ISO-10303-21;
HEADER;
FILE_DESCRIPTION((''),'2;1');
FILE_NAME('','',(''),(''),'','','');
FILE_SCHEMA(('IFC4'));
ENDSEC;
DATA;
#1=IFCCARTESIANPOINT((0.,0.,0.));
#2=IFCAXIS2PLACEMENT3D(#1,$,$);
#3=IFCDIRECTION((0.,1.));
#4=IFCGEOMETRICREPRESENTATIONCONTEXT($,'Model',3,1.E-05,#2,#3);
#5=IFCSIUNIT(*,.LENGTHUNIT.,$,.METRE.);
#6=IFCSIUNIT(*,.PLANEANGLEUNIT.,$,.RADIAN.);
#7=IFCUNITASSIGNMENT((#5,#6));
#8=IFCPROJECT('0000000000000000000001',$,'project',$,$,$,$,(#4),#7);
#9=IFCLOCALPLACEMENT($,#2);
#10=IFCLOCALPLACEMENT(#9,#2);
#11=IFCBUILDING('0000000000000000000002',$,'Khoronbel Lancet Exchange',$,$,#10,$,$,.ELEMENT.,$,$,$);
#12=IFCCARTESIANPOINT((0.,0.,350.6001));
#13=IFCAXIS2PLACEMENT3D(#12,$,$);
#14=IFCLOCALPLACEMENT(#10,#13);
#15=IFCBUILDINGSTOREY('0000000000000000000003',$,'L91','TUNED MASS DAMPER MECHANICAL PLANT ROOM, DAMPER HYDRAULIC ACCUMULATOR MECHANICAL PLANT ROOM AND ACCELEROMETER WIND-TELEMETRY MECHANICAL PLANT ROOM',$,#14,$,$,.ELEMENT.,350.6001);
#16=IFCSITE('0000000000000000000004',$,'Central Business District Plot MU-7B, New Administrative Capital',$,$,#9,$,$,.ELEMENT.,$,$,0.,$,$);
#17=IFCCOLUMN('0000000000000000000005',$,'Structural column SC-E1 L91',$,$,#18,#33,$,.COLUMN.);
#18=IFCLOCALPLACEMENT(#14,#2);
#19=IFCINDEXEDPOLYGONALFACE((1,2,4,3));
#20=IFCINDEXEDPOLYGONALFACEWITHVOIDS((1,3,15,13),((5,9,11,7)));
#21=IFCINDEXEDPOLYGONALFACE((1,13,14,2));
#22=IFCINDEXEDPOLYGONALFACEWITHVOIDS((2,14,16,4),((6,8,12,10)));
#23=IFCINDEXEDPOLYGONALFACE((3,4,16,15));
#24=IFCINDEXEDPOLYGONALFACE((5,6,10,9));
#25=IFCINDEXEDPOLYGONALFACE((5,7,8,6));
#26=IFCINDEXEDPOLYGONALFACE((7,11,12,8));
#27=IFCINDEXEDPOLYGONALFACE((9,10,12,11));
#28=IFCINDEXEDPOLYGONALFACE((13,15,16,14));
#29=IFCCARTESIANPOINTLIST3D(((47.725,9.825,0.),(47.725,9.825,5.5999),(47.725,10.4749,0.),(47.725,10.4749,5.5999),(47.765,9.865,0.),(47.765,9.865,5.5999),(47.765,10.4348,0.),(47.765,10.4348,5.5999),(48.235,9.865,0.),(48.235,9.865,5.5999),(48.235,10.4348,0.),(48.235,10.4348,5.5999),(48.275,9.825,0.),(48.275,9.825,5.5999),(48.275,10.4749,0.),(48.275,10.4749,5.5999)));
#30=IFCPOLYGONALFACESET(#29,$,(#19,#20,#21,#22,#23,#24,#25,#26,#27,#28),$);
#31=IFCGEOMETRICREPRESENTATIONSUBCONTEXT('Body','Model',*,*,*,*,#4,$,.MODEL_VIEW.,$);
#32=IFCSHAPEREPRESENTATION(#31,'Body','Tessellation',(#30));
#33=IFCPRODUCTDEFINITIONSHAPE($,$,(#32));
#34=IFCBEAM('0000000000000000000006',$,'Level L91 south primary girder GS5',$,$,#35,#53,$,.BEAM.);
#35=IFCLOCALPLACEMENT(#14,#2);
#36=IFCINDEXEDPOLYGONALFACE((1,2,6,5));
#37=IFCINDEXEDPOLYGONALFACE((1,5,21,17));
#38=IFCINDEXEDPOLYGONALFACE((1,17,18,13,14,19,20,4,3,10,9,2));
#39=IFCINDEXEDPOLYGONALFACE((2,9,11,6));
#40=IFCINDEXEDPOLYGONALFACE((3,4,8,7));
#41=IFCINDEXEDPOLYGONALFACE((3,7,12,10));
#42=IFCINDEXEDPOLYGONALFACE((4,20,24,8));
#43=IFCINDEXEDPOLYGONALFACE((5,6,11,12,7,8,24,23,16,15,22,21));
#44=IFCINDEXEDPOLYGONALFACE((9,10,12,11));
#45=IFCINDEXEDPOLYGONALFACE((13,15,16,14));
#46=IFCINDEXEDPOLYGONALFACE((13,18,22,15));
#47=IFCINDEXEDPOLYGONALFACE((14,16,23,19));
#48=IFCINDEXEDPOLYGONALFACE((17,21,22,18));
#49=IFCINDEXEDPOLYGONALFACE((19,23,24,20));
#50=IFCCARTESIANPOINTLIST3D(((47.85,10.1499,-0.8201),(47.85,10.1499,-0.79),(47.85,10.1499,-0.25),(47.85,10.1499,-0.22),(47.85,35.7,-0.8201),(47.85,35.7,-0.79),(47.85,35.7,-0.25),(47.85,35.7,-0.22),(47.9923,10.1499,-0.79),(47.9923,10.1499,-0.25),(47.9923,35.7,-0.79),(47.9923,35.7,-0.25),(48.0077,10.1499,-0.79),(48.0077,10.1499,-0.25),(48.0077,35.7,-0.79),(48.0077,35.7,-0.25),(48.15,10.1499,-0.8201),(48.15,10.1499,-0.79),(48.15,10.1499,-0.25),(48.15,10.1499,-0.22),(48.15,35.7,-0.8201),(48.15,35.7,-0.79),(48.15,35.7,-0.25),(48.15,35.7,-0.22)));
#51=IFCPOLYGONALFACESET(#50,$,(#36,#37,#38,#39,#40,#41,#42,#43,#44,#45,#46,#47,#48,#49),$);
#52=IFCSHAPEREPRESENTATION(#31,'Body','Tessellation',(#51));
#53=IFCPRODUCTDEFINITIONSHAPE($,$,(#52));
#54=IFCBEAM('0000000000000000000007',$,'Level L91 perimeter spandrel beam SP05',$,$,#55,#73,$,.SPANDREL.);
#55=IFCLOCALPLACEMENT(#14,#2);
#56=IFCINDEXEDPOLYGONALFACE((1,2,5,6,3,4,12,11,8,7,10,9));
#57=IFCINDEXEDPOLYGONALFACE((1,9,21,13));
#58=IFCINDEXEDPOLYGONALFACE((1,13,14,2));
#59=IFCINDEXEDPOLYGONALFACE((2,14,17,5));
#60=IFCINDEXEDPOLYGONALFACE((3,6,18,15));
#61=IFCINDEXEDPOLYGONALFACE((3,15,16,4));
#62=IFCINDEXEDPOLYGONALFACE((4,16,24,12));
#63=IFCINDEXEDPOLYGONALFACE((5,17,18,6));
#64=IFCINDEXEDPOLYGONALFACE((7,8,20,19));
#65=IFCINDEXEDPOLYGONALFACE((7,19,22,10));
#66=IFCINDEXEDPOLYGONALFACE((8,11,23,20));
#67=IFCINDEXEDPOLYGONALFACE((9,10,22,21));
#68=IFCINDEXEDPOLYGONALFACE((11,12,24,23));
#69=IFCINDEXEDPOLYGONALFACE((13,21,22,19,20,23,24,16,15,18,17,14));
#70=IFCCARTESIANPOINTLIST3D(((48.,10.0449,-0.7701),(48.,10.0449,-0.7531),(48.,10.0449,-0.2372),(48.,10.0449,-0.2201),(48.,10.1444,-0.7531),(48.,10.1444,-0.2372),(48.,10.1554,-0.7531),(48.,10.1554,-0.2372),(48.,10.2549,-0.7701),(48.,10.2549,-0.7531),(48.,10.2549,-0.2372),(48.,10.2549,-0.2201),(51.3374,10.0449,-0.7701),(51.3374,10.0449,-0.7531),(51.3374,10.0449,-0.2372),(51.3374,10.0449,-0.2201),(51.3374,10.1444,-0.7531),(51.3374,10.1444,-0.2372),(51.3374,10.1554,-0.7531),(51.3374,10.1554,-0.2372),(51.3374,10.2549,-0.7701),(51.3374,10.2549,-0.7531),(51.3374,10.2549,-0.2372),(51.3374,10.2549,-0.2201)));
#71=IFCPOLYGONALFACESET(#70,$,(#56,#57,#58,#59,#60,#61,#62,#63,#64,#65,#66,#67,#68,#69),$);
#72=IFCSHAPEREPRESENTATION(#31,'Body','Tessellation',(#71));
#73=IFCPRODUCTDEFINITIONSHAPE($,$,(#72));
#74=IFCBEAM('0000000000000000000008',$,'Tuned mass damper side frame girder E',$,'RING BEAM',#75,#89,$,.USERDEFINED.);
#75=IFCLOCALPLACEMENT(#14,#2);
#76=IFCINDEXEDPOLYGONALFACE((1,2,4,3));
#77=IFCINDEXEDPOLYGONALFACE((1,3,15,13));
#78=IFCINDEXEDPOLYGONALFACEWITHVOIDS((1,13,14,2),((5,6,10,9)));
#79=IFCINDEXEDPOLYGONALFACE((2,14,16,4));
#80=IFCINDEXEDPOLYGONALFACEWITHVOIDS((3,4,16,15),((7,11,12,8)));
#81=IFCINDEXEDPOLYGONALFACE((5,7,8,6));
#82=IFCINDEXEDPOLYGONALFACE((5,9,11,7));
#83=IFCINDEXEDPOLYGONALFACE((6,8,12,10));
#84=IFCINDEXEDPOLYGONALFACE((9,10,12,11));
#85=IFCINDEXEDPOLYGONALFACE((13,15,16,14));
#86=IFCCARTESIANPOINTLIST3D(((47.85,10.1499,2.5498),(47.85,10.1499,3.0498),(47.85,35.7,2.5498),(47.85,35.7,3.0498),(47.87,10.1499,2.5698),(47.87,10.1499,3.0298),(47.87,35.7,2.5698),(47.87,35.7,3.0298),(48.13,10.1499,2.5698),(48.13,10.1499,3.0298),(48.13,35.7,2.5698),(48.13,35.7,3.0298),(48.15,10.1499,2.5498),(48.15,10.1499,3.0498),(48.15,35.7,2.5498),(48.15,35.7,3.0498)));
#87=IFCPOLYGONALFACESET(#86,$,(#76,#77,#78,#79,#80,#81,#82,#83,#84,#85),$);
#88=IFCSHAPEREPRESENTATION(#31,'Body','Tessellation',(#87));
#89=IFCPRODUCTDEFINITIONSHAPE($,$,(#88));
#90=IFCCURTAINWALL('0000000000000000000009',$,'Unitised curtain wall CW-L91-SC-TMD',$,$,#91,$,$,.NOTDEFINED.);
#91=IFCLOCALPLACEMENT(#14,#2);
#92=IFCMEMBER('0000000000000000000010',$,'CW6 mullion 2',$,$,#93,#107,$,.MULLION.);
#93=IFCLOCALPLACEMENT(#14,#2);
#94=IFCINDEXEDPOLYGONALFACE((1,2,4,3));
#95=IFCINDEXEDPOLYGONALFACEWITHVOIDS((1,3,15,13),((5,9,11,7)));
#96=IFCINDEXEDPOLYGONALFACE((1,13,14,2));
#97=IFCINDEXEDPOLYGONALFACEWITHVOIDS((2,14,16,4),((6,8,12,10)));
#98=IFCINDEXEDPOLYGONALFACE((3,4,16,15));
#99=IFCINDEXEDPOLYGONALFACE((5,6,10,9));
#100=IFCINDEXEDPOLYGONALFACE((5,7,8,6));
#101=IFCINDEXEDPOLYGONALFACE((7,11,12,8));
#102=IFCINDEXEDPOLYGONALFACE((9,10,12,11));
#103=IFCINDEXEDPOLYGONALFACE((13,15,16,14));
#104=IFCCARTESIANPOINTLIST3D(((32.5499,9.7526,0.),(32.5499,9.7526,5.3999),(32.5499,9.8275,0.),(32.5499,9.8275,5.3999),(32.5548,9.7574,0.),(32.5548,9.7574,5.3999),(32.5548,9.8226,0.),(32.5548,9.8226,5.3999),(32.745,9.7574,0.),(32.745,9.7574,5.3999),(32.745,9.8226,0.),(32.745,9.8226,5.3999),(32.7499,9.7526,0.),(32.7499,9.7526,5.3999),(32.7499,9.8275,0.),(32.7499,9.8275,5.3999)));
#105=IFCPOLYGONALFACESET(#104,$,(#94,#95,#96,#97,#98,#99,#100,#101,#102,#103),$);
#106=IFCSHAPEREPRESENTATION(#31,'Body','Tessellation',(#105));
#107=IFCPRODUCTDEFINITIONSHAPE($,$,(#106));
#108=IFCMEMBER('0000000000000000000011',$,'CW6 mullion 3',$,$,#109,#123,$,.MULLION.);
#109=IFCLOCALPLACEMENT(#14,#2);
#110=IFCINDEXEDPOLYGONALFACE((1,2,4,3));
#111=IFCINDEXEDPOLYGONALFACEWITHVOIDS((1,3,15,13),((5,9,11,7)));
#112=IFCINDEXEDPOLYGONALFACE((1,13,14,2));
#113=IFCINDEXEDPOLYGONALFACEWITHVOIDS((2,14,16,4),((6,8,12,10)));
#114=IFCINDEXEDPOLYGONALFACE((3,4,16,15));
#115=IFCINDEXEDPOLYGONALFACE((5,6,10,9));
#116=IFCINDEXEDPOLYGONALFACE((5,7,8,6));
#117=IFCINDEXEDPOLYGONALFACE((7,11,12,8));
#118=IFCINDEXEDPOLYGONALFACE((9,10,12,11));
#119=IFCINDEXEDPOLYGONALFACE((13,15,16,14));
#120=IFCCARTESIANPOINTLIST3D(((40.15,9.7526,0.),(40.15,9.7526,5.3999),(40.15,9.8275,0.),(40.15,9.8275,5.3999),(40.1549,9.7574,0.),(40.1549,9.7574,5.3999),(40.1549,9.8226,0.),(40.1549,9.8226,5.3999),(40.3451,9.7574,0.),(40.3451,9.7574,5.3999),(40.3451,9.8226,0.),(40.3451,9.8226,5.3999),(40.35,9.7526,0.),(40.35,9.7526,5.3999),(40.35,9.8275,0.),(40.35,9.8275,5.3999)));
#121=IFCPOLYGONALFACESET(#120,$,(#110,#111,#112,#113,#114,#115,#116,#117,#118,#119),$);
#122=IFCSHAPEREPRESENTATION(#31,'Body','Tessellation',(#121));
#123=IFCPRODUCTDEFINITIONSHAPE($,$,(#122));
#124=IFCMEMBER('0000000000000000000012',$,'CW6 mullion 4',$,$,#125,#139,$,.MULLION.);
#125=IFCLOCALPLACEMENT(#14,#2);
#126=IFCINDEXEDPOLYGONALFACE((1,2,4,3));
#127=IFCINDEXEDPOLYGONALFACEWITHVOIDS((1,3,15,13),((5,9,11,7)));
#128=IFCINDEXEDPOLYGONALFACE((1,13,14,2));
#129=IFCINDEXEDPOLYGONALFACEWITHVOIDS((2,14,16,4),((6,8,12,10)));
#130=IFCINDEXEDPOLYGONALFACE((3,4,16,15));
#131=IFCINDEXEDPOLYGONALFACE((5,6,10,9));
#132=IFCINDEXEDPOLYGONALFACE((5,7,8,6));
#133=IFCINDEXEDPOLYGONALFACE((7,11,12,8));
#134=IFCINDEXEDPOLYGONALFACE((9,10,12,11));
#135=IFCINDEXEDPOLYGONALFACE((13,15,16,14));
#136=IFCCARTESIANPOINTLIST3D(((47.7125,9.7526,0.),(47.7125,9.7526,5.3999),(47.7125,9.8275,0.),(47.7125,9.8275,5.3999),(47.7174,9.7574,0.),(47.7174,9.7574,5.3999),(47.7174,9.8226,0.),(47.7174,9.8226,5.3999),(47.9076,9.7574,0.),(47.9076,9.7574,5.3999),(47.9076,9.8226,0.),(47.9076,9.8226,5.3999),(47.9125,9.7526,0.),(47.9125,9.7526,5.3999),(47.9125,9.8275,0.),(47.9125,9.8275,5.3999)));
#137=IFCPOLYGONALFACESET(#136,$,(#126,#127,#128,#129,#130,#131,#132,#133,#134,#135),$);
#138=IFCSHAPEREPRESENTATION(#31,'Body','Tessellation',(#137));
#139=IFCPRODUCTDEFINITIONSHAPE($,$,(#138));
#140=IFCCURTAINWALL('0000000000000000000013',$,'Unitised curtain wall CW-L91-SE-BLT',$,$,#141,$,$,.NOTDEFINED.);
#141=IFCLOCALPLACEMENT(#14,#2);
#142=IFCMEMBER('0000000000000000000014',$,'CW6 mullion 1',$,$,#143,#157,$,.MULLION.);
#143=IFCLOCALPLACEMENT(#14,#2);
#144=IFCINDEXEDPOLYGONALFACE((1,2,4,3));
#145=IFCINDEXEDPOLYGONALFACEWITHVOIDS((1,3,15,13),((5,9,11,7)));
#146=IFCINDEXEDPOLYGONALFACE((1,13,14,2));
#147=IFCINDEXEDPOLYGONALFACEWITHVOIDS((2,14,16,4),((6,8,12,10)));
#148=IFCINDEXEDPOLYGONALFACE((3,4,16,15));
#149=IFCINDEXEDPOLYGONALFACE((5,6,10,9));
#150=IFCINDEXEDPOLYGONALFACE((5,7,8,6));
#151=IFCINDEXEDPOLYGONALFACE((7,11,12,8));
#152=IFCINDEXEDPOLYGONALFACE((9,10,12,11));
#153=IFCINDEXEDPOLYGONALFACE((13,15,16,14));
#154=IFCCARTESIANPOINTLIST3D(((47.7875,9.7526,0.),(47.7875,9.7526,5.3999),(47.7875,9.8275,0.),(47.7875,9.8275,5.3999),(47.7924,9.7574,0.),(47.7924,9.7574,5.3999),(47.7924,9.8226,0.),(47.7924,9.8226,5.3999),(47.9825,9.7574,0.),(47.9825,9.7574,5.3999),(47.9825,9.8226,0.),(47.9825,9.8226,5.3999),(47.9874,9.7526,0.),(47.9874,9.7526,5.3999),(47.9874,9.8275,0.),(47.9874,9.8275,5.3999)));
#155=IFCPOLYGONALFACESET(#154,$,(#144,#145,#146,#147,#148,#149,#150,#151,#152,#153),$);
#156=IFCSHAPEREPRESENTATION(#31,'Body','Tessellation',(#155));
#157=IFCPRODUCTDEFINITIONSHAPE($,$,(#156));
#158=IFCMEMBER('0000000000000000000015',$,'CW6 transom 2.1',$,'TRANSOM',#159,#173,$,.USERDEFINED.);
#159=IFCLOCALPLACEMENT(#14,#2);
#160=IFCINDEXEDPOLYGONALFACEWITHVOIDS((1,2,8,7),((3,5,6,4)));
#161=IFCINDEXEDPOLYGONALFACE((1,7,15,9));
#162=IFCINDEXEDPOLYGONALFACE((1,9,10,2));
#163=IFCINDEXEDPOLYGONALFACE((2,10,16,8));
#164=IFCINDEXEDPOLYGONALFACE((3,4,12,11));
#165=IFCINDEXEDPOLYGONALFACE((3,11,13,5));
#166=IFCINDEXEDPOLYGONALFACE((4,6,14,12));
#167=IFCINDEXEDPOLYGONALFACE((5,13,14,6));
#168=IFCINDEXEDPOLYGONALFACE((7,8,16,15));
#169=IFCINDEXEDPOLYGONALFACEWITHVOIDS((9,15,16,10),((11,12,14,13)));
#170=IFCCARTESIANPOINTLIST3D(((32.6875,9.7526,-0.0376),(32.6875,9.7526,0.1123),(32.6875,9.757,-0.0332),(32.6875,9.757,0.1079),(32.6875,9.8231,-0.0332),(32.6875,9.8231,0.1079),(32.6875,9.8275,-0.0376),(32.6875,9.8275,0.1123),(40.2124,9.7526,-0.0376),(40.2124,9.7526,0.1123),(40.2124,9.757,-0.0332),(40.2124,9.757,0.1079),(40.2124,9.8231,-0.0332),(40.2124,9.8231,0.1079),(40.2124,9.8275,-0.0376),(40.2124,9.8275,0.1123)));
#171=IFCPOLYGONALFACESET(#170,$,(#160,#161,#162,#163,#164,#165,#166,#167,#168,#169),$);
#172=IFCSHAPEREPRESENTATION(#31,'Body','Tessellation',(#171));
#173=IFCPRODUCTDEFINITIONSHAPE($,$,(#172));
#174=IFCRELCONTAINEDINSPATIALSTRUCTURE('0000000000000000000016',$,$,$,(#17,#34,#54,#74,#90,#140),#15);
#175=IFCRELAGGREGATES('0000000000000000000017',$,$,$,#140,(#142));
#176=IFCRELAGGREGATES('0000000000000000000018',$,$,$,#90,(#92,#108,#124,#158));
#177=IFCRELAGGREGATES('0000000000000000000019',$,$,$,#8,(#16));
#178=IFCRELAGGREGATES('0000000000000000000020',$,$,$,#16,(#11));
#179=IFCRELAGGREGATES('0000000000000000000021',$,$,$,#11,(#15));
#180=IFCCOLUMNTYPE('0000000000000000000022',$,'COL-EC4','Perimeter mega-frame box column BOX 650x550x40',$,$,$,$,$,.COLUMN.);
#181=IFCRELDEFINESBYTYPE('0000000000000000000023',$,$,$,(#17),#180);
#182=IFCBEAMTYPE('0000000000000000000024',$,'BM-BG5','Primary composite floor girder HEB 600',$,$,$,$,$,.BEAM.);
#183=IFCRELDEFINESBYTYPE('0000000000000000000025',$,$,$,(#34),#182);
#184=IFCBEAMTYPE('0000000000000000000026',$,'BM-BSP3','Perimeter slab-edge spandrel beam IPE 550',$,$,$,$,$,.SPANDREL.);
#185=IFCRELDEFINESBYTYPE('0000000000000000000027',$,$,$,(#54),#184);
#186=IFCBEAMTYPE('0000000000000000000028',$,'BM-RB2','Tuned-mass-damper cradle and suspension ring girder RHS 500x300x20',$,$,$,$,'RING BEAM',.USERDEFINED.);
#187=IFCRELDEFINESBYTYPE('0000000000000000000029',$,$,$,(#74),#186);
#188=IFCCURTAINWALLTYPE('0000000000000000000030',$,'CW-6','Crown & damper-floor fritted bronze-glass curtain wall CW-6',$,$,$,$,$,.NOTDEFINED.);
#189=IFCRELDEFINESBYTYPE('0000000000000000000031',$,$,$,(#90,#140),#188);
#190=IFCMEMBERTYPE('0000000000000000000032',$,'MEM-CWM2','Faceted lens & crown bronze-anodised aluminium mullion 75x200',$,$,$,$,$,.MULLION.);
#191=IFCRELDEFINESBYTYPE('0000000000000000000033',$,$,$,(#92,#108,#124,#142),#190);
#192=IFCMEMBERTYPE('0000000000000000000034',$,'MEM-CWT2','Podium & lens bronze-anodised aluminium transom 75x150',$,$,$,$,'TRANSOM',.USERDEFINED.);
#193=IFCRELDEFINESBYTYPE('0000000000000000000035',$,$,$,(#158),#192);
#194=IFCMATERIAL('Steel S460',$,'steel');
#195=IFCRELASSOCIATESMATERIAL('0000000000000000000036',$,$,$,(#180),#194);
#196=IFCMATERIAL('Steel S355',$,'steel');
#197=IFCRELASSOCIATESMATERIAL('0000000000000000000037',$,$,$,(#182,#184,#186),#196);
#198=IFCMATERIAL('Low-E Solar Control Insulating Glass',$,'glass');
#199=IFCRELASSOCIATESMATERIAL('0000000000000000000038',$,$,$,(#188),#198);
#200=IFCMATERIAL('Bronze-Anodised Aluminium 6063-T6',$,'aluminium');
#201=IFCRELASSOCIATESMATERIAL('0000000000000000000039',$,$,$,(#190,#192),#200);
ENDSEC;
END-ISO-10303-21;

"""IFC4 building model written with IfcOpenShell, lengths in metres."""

from ifc_helpers import new_model, si_unit, direction, frame, origin, origin_2d, place, context, subcontext, project, spatial, hollow_rectangle, i_section, extrude, material, material_profile, profile_set, type_object, element, aggregate, save


model = new_model("IFC4")

# Units and contexts
model_context = context("Model", 3, precision=1e-05, world=origin(), true_north=direction((0.0, 1.0)))
body_context = subcontext(model_context, "Body", "Model", "MODEL_VIEW")
ifc_project = project(units=[si_unit("LENGTHUNIT", "METRE"), si_unit("PLANEANGLEUNIT", "RADIAN")], contexts=[model_context])

# Site, building, storey
site_placement = place(None, origin())
site = spatial("IfcSite", under=ifc_project, at=site_placement, Name="Central Business District Plot MU-7B, New Administrative Capital", CompositionType="ELEMENT", RefElevation=0.0)
building_placement = place(site_placement, origin())
building = spatial("IfcBuilding", under=site, at=building_placement, Name="Khoronbel Lancet Exchange", CompositionType="ELEMENT")
storey_placement = place(building_placement, frame((0.0, 0.0, 350.6001)))
storey = spatial("IfcBuildingStorey", under=building, at=storey_placement, Name="L91", Description="TUNED MASS DAMPER MECHANICAL PLANT ROOM, DAMPER HYDRAULIC ACCUMULATOR MECHANICAL PLANT ROOM AND ACCELEROMETER WIND-TELEMETRY MECHANICAL PLANT ROOM", CompositionType="ELEMENT", Elevation=350.6001)

# Column
ifc_material_1 = material(Name="Steel S460", Category="steel")
ifc_material_profile_1 = material_profile(ifc_material_1, hollow_rectangle(XDim=0.55, YDim=0.6499, WallThickness=0.04, at=origin_2d()), Name="BOX 650x550x40")
ifc_profile_set_1 = profile_set([ifc_material_profile_1], Name="Steel S460")
column_type = type_object("IfcColumnType", Name="COL-EC4", Description="Perimeter mega-frame box column BOX 650x550x40", PredefinedType="COLUMN", material=ifc_profile_set_1)
column_placement = place(storey_placement, frame((48.0, 10.1499, 0.0), z_axis=(0.0, 0.0, 1.0), x_axis=(1.0, 0.0, 0.0)))
element("IfcColumn", 1, at=column_placement, inside=storey, type_object=column_type, Name="Structural column SC-E1 L91", PredefinedType="COLUMN", context=body_context, shape_type="SweptSolid", body=[
    extrude(hollow_rectangle(XDim=0.55, YDim=0.6499, WallThickness=0.04, at=origin_2d()), origin(), (0.0, 0.0, 1.0), 5.5999),
])

# Beams
ifc_material_2 = material(Name="Steel S355", Category="steel")
ifc_material_profile_2 = material_profile(ifc_material_2, i_section(OverallWidth=0.3, OverallDepth=0.6001, WebThickness=0.0154, FlangeThickness=0.03, at=origin_2d()), Name="HEB 600")
ifc_profile_set_2 = profile_set([ifc_material_profile_2], Name="Steel S355")
beam_type_1 = type_object("IfcBeamType", Name="BM-BG5", Description="Primary composite floor girder HEB 600", PredefinedType="BEAM", material=ifc_profile_set_2)
beam_1_placement = place(storey_placement, frame((48.0, 10.1499, -0.52), z_axis=(0.0, 1.0, 0.0), x_axis=(-1.0, 0.0, 0.0)))
element("IfcBeam", 2, at=beam_1_placement, inside=storey, type_object=beam_type_1, Name="Level L91 south primary girder GS5", PredefinedType="BEAM", context=body_context, shape_type="SweptSolid", body=[
    extrude(i_section(OverallWidth=0.3, OverallDepth=0.6001, WebThickness=0.0154, FlangeThickness=0.03, at=origin_2d()), origin(), (0.0, 0.0, 1.0), 25.55),
])
ifc_material_profile_3 = material_profile(ifc_material_2, i_section(OverallWidth=0.21, OverallDepth=0.55, WebThickness=0.011, FlangeThickness=0.0171, at=origin_2d()), Name="IPE 550")
ifc_profile_set_3 = profile_set([ifc_material_profile_3], Name="Steel S355")
beam_type_2 = type_object("IfcBeamType", Name="BM-BSP3", Description="Perimeter slab-edge spandrel beam IPE 550", PredefinedType="SPANDREL", material=ifc_profile_set_3)
beam_2_placement = place(storey_placement, frame((48.0, 10.1499, -0.4951), z_axis=(1.0, 0.0, 0.0), x_axis=(0.0, 1.0, 0.0)))
element("IfcBeam", 3, at=beam_2_placement, inside=storey, type_object=beam_type_2, Name="Level L91 perimeter spandrel beam SP05", PredefinedType="SPANDREL", context=body_context, shape_type="SweptSolid", body=[
    extrude(i_section(OverallWidth=0.21, OverallDepth=0.55, WebThickness=0.011, FlangeThickness=0.0171, at=origin_2d()), origin(), (0.0, 0.0, 1.0), 3.3374),
])
ifc_material_profile_4 = material_profile(ifc_material_2, hollow_rectangle(XDim=0.3, YDim=0.5, WallThickness=0.02, at=origin_2d()), Name="RHS 500x300x20")
ifc_profile_set_4 = profile_set([ifc_material_profile_4], Name="Steel S355")
beam_type_3 = type_object("IfcBeamType", Name="BM-RB2", Description="Tuned-mass-damper cradle and suspension ring girder RHS 500x300x20", ElementType="RING BEAM", PredefinedType="USERDEFINED", material=ifc_profile_set_4)
beam_3_placement = place(storey_placement, frame((48.0, 10.1499, 2.7998), z_axis=(0.0, 1.0, 0.0), x_axis=(-1.0, 0.0, 0.0)))
element("IfcBeam", 4, at=beam_3_placement, inside=storey, type_object=beam_type_3, Name="Tuned mass damper side frame girder E", ObjectType="RING BEAM", PredefinedType="USERDEFINED", context=body_context, shape_type="SweptSolid", body=[
    extrude(hollow_rectangle(XDim=0.3, YDim=0.5, WallThickness=0.02, at=origin_2d()), origin(), (0.0, 0.0, 1.0), 25.55),
])

# Curtain wall, members
ifc_material_3 = material(Name="Low-E Solar Control Insulating Glass", Category="glass")
curtain_wall_type = type_object("IfcCurtainWallType", Name="CW-6", Description="Crown & damper-floor fritted bronze-glass curtain wall CW-6", PredefinedType="NOTDEFINED", material=ifc_material_3)
curtain_wall_1_placement = place(storey_placement, origin())
curtain_wall_1 = element("IfcCurtainWall", 5, at=curtain_wall_1_placement, inside=storey, type_object=curtain_wall_type, Name="Unitised curtain wall CW-L91-SC-TMD", PredefinedType="NOTDEFINED")
ifc_material_4 = material(Name="Bronze-Anodised Aluminium 6063-T6", Category="aluminium")
ifc_material_profile_5 = material_profile(ifc_material_4, hollow_rectangle(XDim=0.075, YDim=0.2, WallThickness=0.0049, at=origin_2d()), Name="ALU MULLION 75x200")
ifc_profile_set_5 = profile_set([ifc_material_profile_5], Name="Bronze-Anodised Aluminium 6063-T6")
member_type_1 = type_object("IfcMemberType", Name="MEM-CWM2", Description="Faceted lens & crown bronze-anodised aluminium mullion 75x200", PredefinedType="MULLION", material=ifc_profile_set_5)
member_1_placement = place(storey_placement, frame((32.6499, 9.79, 0.0), z_axis=(0.0, 0.0, 1.0), x_axis=(0.0, 1.0, 0.0)))
member_1 = element("IfcMember", 6, at=member_1_placement, type_object=member_type_1, Name="CW6 mullion 2", PredefinedType="MULLION", context=body_context, shape_type="SweptSolid", body=[
    extrude(hollow_rectangle(XDim=0.075, YDim=0.2, WallThickness=0.0049, at=origin_2d()), origin(), (0.0, 0.0, 1.0), 5.3999),
])
member_2_placement = place(storey_placement, frame((40.25, 9.79, 0.0), z_axis=(0.0, 0.0, 1.0), x_axis=(0.0, 1.0, 0.0)))
member_2 = element("IfcMember", 7, at=member_2_placement, type_object=member_type_1, Name="CW6 mullion 3", PredefinedType="MULLION", context=body_context, shape_type="SweptSolid", body=[
    extrude(hollow_rectangle(XDim=0.075, YDim=0.2, WallThickness=0.0049, at=origin_2d()), origin(), (0.0, 0.0, 1.0), 5.3999),
])
member_3_placement = place(storey_placement, frame((47.8125, 9.79, 0.0), z_axis=(0.0, 0.0, 1.0), x_axis=(0.0, 1.0, 0.0)))
member_3 = element("IfcMember", 8, at=member_3_placement, type_object=member_type_1, Name="CW6 mullion 4", PredefinedType="MULLION", context=body_context, shape_type="SweptSolid", body=[
    extrude(hollow_rectangle(XDim=0.075, YDim=0.2, WallThickness=0.0049, at=origin_2d()), origin(), (0.0, 0.0, 1.0), 5.3999),
])

# Curtain wall, member
curtain_wall_2_placement = place(storey_placement, origin())
curtain_wall_2 = element("IfcCurtainWall", 9, at=curtain_wall_2_placement, inside=storey, type_object=curtain_wall_type, Name="Unitised curtain wall CW-L91-SE-BLT", PredefinedType="NOTDEFINED")
member_4_placement = place(storey_placement, frame((47.8875, 9.79, 0.0), z_axis=(0.0, 0.0, 1.0), x_axis=(0.0, 1.0, 0.0)))
member_4 = element("IfcMember", 10, at=member_4_placement, type_object=member_type_1, Name="CW6 mullion 1", PredefinedType="MULLION", context=body_context, shape_type="SweptSolid", body=[
    extrude(hollow_rectangle(XDim=0.075, YDim=0.2, WallThickness=0.0049, at=origin_2d()), origin(), (0.0, 0.0, 1.0), 5.3999),
])

# Member
ifc_material_profile_6 = material_profile(ifc_material_4, hollow_rectangle(XDim=0.075, YDim=0.1499, WallThickness=0.0044, at=origin_2d()), Name="ALU TRANSOM 75x150")
ifc_profile_set_6 = profile_set([ifc_material_profile_6], Name="Bronze-Anodised Aluminium 6063-T6")
member_type_2 = type_object("IfcMemberType", Name="MEM-CWT2", Description="Podium & lens bronze-anodised aluminium transom 75x150", ElementType="TRANSOM", PredefinedType="USERDEFINED", material=ifc_profile_set_6)
member_5_placement = place(storey_placement, frame((32.6875, 9.79, 0.0374), z_axis=(1.0, 0.0, 0.0), x_axis=(0.0, 1.0, 0.0)))
member_5 = element("IfcMember", 11, at=member_5_placement, type_object=member_type_2, Name="CW6 transom 2.1", ObjectType="TRANSOM", PredefinedType="USERDEFINED", context=body_context, shape_type="SweptSolid", body=[
    extrude(hollow_rectangle(XDim=0.075, YDim=0.1499, WallThickness=0.0044, at=origin_2d()), origin(), (0.0, 0.0, 1.0), 7.5249),
])
aggregate(curtain_wall_2, [member_4])

aggregate(curtain_wall_1, [member_1, member_2, member_3, member_5])

save(model, "model.ifc")
